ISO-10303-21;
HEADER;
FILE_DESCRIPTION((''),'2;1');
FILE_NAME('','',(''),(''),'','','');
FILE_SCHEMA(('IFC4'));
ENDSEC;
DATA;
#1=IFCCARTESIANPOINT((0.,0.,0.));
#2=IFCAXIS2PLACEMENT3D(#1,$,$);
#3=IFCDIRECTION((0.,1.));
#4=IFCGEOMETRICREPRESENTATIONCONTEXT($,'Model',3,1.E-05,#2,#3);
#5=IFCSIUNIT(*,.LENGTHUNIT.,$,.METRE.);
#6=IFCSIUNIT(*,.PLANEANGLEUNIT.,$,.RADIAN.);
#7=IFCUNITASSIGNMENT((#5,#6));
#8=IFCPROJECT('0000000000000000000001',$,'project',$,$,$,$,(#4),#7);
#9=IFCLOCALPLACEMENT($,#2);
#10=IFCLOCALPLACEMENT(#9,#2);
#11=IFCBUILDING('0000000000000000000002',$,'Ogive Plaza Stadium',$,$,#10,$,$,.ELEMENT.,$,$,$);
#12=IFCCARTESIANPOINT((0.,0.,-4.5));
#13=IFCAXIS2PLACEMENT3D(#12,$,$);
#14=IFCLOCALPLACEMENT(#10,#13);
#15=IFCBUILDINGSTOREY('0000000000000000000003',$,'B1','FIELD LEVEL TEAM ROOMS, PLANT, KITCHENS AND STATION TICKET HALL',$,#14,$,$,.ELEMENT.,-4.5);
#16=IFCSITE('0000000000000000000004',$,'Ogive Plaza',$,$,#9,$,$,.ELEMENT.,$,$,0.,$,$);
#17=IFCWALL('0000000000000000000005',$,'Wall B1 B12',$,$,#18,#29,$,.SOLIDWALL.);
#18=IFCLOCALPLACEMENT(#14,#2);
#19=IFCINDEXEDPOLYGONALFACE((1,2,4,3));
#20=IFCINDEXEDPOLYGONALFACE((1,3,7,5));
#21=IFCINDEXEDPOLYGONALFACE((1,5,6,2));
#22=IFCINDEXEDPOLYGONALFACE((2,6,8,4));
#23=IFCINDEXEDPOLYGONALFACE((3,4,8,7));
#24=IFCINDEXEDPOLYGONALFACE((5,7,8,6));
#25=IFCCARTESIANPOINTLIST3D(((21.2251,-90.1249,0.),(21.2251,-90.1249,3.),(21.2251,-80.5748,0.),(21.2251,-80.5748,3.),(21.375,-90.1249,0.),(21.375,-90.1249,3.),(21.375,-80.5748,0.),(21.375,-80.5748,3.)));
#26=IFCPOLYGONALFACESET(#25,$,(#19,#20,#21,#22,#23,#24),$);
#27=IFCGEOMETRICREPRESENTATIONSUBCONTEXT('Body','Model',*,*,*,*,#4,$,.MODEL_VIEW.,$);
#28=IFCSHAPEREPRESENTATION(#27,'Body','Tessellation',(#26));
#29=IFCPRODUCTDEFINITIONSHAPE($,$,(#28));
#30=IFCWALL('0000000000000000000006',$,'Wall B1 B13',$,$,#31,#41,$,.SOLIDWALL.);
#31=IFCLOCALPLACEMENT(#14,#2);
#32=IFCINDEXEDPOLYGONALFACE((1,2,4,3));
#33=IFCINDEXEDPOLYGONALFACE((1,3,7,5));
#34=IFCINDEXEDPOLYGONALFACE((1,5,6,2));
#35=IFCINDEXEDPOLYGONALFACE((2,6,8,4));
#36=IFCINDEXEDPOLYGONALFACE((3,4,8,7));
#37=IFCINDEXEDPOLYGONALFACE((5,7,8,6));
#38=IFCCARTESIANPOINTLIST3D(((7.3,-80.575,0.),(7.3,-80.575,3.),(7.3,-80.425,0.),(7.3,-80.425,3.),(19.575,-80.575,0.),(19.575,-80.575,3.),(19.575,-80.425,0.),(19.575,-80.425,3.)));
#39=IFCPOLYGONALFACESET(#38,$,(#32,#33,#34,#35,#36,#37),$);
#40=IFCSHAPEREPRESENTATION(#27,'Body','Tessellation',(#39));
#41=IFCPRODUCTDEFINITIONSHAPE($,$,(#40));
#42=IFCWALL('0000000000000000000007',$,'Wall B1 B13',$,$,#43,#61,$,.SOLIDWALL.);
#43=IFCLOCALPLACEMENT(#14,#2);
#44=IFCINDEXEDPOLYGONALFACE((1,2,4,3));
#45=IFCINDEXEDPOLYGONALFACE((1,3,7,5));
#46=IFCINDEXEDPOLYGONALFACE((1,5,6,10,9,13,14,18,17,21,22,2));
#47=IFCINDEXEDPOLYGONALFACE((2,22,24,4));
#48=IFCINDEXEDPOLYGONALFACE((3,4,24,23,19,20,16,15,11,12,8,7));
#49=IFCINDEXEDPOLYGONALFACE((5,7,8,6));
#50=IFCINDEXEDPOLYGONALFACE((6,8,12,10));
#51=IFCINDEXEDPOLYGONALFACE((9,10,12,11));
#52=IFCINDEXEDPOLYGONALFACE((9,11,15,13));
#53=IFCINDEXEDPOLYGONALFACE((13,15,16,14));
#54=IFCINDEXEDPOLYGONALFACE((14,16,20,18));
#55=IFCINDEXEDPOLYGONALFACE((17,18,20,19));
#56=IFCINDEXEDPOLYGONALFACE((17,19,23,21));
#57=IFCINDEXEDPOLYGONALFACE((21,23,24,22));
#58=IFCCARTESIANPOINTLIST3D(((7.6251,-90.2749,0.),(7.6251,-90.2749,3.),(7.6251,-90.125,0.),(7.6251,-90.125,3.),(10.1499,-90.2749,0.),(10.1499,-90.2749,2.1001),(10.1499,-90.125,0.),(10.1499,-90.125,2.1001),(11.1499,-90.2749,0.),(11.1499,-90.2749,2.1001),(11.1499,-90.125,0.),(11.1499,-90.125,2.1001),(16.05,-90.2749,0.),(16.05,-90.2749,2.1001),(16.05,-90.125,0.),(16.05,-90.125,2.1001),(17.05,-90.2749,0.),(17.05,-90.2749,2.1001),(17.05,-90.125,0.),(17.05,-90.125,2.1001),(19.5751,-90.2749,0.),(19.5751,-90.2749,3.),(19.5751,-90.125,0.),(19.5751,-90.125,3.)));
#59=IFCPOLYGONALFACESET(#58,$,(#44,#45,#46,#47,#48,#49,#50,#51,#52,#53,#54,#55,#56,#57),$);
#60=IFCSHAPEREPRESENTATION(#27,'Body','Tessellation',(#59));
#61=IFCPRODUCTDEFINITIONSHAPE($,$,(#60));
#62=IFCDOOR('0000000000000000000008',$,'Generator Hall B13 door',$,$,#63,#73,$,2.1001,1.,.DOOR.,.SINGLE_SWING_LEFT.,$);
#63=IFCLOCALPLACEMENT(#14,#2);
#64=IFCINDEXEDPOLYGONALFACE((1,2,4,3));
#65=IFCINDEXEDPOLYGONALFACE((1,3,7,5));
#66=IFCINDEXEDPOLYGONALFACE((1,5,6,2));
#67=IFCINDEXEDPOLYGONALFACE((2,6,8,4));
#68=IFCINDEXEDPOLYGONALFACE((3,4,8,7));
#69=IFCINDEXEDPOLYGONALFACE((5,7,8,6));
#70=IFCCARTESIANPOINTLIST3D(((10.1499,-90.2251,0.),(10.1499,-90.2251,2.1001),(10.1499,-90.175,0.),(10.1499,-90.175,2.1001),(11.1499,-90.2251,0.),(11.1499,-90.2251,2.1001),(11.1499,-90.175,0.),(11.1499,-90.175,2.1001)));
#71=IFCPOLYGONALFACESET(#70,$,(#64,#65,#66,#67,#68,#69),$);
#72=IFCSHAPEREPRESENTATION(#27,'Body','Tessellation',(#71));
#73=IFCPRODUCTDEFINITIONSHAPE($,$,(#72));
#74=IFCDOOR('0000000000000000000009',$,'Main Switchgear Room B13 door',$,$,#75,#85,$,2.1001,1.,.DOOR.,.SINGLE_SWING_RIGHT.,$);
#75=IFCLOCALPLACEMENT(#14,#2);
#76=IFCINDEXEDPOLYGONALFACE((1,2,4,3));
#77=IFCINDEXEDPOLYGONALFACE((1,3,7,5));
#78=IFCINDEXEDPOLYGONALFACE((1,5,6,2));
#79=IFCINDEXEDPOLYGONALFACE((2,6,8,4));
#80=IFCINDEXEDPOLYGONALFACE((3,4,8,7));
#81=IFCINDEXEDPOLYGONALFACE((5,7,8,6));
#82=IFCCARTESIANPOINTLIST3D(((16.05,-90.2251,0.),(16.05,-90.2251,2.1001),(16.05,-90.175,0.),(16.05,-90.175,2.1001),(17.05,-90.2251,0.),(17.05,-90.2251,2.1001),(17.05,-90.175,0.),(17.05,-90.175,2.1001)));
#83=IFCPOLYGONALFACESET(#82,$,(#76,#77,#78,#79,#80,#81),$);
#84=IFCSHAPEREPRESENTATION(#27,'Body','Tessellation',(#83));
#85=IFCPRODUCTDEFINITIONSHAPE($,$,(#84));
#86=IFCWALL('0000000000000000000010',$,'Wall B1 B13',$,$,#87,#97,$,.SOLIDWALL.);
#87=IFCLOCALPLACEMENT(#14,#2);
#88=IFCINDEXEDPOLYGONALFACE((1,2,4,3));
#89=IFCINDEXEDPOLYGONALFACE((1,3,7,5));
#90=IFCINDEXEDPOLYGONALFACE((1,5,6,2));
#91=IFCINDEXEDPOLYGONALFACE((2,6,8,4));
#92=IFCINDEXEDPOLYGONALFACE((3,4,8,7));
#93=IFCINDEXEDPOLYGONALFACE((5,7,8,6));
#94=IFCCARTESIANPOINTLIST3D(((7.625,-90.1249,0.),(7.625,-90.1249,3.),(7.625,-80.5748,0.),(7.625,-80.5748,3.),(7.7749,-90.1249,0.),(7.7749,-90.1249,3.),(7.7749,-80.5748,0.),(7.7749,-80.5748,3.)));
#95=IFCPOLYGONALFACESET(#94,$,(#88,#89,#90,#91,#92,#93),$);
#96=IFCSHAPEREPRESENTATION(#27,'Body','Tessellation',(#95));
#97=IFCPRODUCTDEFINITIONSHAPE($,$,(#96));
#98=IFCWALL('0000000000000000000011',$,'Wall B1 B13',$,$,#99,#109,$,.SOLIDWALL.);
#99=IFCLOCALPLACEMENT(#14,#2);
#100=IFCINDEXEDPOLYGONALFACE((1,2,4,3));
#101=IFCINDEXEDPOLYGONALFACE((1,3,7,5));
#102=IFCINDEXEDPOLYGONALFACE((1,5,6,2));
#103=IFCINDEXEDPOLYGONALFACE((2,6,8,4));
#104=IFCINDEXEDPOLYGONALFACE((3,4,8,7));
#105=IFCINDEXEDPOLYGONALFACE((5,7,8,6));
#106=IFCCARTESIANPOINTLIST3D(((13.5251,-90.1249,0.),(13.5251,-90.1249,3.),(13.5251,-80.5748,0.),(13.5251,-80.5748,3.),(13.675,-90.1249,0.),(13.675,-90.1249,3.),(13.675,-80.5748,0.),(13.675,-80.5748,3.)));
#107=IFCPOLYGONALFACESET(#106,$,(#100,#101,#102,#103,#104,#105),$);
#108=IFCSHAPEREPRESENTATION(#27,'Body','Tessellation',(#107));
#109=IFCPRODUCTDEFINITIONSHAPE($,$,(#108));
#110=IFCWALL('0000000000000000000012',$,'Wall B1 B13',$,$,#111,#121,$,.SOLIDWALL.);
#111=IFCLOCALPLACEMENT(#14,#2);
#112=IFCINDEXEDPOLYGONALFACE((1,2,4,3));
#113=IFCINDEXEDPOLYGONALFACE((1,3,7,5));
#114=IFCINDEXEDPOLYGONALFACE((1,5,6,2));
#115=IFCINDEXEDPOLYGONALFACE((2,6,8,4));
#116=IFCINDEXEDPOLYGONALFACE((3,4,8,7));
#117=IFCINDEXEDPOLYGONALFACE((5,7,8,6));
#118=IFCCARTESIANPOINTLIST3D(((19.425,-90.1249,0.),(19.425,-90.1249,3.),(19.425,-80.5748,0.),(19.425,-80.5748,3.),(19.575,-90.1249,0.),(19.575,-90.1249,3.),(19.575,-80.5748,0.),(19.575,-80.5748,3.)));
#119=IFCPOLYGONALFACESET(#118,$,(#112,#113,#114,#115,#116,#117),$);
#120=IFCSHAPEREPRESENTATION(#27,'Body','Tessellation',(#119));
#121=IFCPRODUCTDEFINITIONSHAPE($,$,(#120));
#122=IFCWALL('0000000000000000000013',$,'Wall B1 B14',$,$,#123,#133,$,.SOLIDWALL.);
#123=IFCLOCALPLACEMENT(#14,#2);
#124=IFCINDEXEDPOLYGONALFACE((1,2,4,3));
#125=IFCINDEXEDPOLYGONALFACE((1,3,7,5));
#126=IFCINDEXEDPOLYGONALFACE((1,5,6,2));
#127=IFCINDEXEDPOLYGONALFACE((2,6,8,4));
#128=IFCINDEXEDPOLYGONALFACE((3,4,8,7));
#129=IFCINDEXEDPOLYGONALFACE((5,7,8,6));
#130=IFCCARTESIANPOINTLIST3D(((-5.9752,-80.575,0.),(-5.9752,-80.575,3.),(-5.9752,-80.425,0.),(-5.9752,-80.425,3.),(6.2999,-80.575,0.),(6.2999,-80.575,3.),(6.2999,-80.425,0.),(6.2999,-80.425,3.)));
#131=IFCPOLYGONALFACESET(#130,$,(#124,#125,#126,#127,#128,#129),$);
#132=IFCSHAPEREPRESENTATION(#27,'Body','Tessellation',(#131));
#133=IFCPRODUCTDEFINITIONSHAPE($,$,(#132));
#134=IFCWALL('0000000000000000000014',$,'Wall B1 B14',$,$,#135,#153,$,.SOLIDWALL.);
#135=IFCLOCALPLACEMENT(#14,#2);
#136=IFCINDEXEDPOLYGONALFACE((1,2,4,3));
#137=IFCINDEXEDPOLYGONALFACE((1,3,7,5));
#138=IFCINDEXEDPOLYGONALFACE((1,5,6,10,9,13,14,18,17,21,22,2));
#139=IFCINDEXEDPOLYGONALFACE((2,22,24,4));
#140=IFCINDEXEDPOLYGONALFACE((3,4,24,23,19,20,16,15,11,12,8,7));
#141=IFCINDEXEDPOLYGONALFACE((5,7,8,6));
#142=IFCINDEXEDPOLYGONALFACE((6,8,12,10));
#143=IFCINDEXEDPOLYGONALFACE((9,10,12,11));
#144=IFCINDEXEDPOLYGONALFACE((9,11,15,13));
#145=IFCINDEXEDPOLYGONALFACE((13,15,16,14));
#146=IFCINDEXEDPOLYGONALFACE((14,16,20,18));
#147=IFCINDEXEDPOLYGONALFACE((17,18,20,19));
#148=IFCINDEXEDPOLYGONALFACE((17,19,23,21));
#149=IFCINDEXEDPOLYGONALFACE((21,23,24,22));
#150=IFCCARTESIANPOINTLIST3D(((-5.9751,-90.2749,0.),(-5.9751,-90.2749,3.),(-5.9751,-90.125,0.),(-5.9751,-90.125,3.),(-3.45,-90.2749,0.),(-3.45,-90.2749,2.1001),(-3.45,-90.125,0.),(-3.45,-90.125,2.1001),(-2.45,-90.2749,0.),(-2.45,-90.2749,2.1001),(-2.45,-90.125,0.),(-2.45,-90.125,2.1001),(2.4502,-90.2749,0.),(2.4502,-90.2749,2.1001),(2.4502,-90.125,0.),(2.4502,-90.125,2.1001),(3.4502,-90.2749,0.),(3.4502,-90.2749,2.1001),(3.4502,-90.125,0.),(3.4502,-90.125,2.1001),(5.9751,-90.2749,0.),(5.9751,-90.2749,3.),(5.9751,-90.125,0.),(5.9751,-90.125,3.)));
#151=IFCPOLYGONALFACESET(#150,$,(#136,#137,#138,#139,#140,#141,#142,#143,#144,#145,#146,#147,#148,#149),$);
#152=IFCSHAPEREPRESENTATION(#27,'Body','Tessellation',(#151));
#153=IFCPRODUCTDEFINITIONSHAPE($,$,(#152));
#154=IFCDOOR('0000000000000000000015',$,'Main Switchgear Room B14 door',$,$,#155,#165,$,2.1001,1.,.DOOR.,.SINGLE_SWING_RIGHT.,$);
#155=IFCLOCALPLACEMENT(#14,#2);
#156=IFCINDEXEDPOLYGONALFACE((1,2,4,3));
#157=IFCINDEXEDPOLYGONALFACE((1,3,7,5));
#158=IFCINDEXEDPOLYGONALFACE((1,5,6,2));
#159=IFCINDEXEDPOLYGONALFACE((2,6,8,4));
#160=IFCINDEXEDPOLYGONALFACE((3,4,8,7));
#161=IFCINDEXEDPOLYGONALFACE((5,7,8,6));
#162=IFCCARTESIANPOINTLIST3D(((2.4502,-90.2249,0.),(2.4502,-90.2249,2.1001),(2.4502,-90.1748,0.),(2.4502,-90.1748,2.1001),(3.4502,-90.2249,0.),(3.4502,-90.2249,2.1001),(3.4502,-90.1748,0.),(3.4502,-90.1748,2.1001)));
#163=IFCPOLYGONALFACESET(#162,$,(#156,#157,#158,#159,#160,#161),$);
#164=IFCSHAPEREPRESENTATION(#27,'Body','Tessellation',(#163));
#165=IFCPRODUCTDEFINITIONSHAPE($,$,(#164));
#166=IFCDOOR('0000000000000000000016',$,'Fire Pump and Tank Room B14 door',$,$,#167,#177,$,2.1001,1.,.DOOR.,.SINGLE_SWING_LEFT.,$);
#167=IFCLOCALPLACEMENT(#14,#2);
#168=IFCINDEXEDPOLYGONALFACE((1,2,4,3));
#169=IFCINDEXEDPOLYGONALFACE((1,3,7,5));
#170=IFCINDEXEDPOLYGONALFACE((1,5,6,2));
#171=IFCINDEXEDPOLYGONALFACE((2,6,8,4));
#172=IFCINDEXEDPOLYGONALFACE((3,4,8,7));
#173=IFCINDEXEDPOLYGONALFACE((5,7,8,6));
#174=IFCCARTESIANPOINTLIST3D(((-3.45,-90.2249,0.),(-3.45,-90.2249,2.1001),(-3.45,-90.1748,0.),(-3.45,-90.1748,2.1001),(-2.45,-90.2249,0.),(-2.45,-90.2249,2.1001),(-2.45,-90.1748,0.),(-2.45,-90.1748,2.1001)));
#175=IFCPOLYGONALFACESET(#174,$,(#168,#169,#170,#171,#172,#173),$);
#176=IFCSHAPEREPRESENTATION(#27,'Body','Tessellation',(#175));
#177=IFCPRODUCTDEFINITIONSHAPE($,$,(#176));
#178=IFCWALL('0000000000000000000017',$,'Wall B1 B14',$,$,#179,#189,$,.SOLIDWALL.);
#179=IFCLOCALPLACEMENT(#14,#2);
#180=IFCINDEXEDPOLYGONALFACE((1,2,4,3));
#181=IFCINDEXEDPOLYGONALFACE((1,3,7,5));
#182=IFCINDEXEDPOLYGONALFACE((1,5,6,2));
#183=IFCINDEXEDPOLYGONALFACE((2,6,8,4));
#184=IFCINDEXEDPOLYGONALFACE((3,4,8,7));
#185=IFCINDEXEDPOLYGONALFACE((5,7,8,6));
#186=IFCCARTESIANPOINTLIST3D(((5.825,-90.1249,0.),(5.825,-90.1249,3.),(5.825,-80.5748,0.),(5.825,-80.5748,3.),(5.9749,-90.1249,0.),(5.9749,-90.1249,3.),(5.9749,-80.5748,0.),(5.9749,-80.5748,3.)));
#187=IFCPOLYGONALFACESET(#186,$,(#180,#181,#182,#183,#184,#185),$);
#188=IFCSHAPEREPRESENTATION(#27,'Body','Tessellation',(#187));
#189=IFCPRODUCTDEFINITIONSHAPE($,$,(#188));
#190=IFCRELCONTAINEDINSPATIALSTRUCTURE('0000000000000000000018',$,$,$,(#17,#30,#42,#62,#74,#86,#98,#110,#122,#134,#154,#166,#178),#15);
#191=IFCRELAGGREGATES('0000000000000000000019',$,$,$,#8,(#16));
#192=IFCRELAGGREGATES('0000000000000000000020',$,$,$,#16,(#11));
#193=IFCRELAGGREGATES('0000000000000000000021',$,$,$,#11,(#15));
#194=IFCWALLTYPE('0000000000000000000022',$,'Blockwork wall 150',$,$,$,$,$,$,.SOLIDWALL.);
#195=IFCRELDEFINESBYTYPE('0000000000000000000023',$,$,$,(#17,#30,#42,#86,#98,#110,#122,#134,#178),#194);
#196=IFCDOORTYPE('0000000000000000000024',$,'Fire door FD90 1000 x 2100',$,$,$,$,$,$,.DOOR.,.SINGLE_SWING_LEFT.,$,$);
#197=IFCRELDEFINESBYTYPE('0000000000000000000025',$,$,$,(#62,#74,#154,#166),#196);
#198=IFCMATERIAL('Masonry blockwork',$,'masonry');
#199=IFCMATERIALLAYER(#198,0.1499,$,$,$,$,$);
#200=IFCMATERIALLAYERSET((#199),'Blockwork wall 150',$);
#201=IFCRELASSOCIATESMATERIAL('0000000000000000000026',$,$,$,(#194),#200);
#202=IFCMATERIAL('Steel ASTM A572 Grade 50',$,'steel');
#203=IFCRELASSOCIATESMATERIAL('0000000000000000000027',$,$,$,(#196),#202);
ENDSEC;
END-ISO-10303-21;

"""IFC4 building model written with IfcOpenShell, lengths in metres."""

from ifc_helpers import new_model, si_unit, direction, frame, frame_2d, origin, place, context, subcontext, project, spatial, rectangle, extrude, material, layer, layer_set, type_object, element, fill, save


model = new_model("IFC4")

# Units and contexts
model_context = context("Model", 3, precision=1e-05, world=origin(), true_north=direction((0.0, 1.0)))
body_context = subcontext(model_context, "Body", "Model", "MODEL_VIEW")
ifc_project = project(units=[si_unit("LENGTHUNIT", "METRE"), si_unit("PLANEANGLEUNIT", "RADIAN")], contexts=[model_context])

# Site, building, storey
site_placement = place(None, origin())
site = spatial("IfcSite", under=ifc_project, at=site_placement, Name="Ogive Plaza", CompositionType="ELEMENT", RefElevation=0.0)
building_placement = place(site_placement, origin())
building = spatial("IfcBuilding", under=site, at=building_placement, Name="Ogive Plaza Stadium", CompositionType="ELEMENT")
storey_placement = place(building_placement, frame((0.0, 0.0, -4.5)))
storey = spatial("IfcBuildingStorey", under=building, at=storey_placement, Name="B1", Description="FIELD LEVEL TEAM ROOMS, PLANT, KITCHENS AND STATION TICKET HALL", CompositionType="ELEMENT", Elevation=-4.5)

# Walls
ifc_material_1 = material(Name="Masonry blockwork", Category="masonry")
ifc_layer = layer(ifc_material_1, 0.1499)
ifc_layer_set = layer_set([ifc_layer], Name="Blockwork wall 150")
wall_type = type_object("IfcWallType", Name="Blockwork wall 150", PredefinedType="SOLIDWALL", material=ifc_layer_set)
wall_1_placement = place(storey_placement, frame((21.3, -80.575, 0.0), z_axis=(0.0, 0.0, 1.0), x_axis=(0.0, -1.0, 0.0)))
element("IfcWall", 1, at=wall_1_placement, inside=storey, type_object=wall_type, Name="Wall B1 B12", PredefinedType="SOLIDWALL", context=body_context, shape_type="SweptSolid", body=[
    extrude(rectangle(XDim=9.55, YDim=0.1499, at=frame_2d((4.7749, 0.0))), origin(), (0.0, 0.0, 1.0), 3.0),
])
wall_2_placement = place(storey_placement, frame((7.3, -80.5, 0.0), z_axis=(0.0, 0.0, 1.0), x_axis=(1.0, 0.0, 0.0)))
element("IfcWall", 2, at=wall_2_placement, inside=storey, type_object=wall_type, Name="Wall B1 B13", PredefinedType="SOLIDWALL", context=body_context, shape_type="SweptSolid", body=[
    extrude(rectangle(XDim=12.2749, YDim=0.1499, at=frame_2d((6.1375, 0.0))), origin(), (0.0, 0.0, 1.0), 3.0),
])

# Wall, openings, doors
wall_3_placement = place(storey_placement, frame((7.625, -90.2, 0.0), z_axis=(0.0, 0.0, 1.0), x_axis=(1.0, 0.0, 0.0)))
wall_3 = element("IfcWall", 3, at=wall_3_placement, inside=storey, type_object=wall_type, Name="Wall B1 B13", PredefinedType="SOLIDWALL", context=body_context, shape_type="SweptSolid", body=[
    extrude(rectangle(XDim=11.95, YDim=0.1499, at=frame_2d((5.9751, 0.0))), origin(), (0.0, 0.0, 1.0), 3.0),
])
opening_1_placement = place(wall_3_placement, frame((2.5249, 0.0, 0.0)))
opening_1 = element("IfcOpeningElement", 4, at=opening_1_placement, cuts=wall_3, PredefinedType="OPENING", context=body_context, shape_type="SweptSolid", body=[
    extrude(rectangle(XDim=1.0, YDim=2.1001, at=frame_2d((0.5, 1.05))), frame((0.0, 0.075, 0.0), z_axis=(0.0, -1.0, 0.0), x_axis=(1.0, 0.0, 0.0)), (0.0, 0.0, 1.0), 0.1499),
])
opening_2_placement = place(wall_3_placement, frame((8.425, 0.0, 0.0)))
opening_2 = element("IfcOpeningElement", 5, at=opening_2_placement, cuts=wall_3, PredefinedType="OPENING", context=body_context, shape_type="SweptSolid", body=[
    extrude(rectangle(XDim=1.0, YDim=2.1001, at=frame_2d((0.5, 1.05))), frame((0.0, 0.075, 0.0), z_axis=(0.0, -1.0, 0.0), x_axis=(1.0, 0.0, 0.0)), (0.0, 0.0, 1.0), 0.1499),
])
ifc_material_2 = material(Name="Steel ASTM A572 Grade 50", Category="steel")
door_type = type_object("IfcDoorType", Name="Fire door FD90 1000 x 2100", OperationType="SINGLE_SWING_LEFT", PredefinedType="DOOR", material=ifc_material_2)
door_1_placement = place(opening_1_placement, origin())
door_1 = element("IfcDoor", 6, at=door_1_placement, inside=storey, type_object=door_type, Name="Generator Hall B13 door", OperationType="SINGLE_SWING_LEFT", OverallHeight=2.1001, OverallWidth=1.0, PredefinedType="DOOR", context=body_context, shape_type="SweptSolid", body=[
    extrude(rectangle(XDim=1.0, YDim=2.1001, at=frame_2d((0.5, 1.05))), frame((0.0, 0.0249, 0.0), z_axis=(0.0, -1.0, 0.0), x_axis=(1.0, 0.0, 0.0)), (0.0, 0.0, 1.0), 0.05),
])
fill(opening_1, door_1)
door_2_placement = place(opening_2_placement, origin())
door_2 = element("IfcDoor", 7, at=door_2_placement, inside=storey, type_object=door_type, Name="Main Switchgear Room B13 door", OperationType="SINGLE_SWING_RIGHT", OverallHeight=2.1001, OverallWidth=1.0, PredefinedType="DOOR", context=body_context, shape_type="SweptSolid", body=[
    extrude(rectangle(XDim=1.0, YDim=2.1001, at=frame_2d((0.5, 1.05))), frame((0.0, 0.0249, 0.0), z_axis=(0.0, -1.0, 0.0), x_axis=(1.0, 0.0, 0.0)), (0.0, 0.0, 1.0), 0.05),
])
fill(opening_2, door_2)

# Walls
for number, where, z_axis, x_axis, name in (
    (8, (7.7, -80.575, 0.0), (0.0, 0.0, 1.0), (0.0, -1.0, 0.0), "Wall B1 B13"),
    (9, (13.6001, -80.575, 0.0), (0.0, 0.0, 1.0), (0.0, -1.0, 0.0), "Wall B1 B13"),
    (10, (19.5, -80.575, 0.0), (0.0, 0.0, 1.0), (0.0, -1.0, 0.0), "Wall B1 B13"),
):
    element("IfcWall", number, at=place(storey_placement, frame(where, z_axis=z_axis, x_axis=x_axis)), inside=storey, type_object=wall_type, Name=name, PredefinedType="SOLIDWALL", context=body_context, shape_type="SweptSolid", body=[
        extrude(rectangle(XDim=9.55, YDim=0.1499, at=frame_2d((4.7749, 0.0))), origin(), (0.0, 0.0, 1.0), 3.0),
    ])
wall_4_placement = place(storey_placement, frame((6.3, -80.5, 0.0), z_axis=(0.0, 0.0, 1.0), x_axis=(-1.0, 0.0, 0.0)))
element("IfcWall", 11, at=wall_4_placement, inside=storey, type_object=wall_type, Name="Wall B1 B14", PredefinedType="SOLIDWALL", context=body_context, shape_type="SweptSolid", body=[
    extrude(rectangle(XDim=12.2751, YDim=0.1499, at=frame_2d((6.1377, 0.0))), origin(), (0.0, 0.0, 1.0), 3.0),
])

# Wall, openings, doors
wall_5_placement = place(storey_placement, frame((5.9751, -90.2, 0.0), z_axis=(0.0, 0.0, 1.0), x_axis=(-1.0, 0.0, 0.0)))
wall_5 = element("IfcWall", 12, at=wall_5_placement, inside=storey, type_object=wall_type, Name="Wall B1 B14", PredefinedType="SOLIDWALL", context=body_context, shape_type="SweptSolid", body=[
    extrude(rectangle(XDim=11.9502, YDim=0.1499, at=frame_2d((5.9751, 0.0))), origin(), (0.0, 0.0, 1.0), 3.0),
])
opening_3_placement = place(wall_5_placement, frame((2.5249, 0.0, 0.0)))
opening_3 = element("IfcOpeningElement", 13, at=opening_3_placement, cuts=wall_5, PredefinedType="OPENING", context=body_context, shape_type="SweptSolid", body=[
    extrude(rectangle(XDim=1.0, YDim=2.1001, at=frame_2d((0.5, 1.05))), frame((0.0, 0.075, 0.0), z_axis=(0.0, -1.0, 0.0), x_axis=(1.0, 0.0, 0.0)), (0.0, 0.0, 1.0), 0.1499),
])
opening_4_placement = place(wall_5_placement, frame((8.425, 0.0, 0.0)))
opening_4 = element("IfcOpeningElement", 14, at=opening_4_placement, cuts=wall_5, PredefinedType="OPENING", context=body_context, shape_type="SweptSolid", body=[
    extrude(rectangle(XDim=1.0, YDim=2.1001, at=frame_2d((0.5, 1.05))), frame((0.0, 0.075, 0.0), z_axis=(0.0, -1.0, 0.0), x_axis=(1.0, 0.0, 0.0)), (0.0, 0.0, 1.0), 0.1499),
])
door_3_placement = place(opening_3_placement, origin())
door_3 = element("IfcDoor", 15, at=door_3_placement, inside=storey, type_object=door_type, Name="Main Switchgear Room B14 door", OperationType="SINGLE_SWING_RIGHT", OverallHeight=2.1001, OverallWidth=1.0, PredefinedType="DOOR", context=body_context, shape_type="SweptSolid", body=[
    extrude(rectangle(XDim=1.0, YDim=2.1001, at=frame_2d((0.5, 1.05))), frame((0.0, 0.0249, 0.0), z_axis=(0.0, -1.0, 0.0), x_axis=(1.0, 0.0, 0.0)), (0.0, 0.0, 1.0), 0.05),
])
fill(opening_3, door_3)
door_4_placement = place(opening_4_placement, origin())
door_4 = element("IfcDoor", 16, at=door_4_placement, inside=storey, type_object=door_type, Name="Fire Pump and Tank Room B14 door", OperationType="SINGLE_SWING_LEFT", OverallHeight=2.1001, OverallWidth=1.0, PredefinedType="DOOR", context=body_context, shape_type="SweptSolid", body=[
    extrude(rectangle(XDim=1.0, YDim=2.1001, at=frame_2d((0.5, 1.05))), frame((0.0, 0.0249, 0.0), z_axis=(0.0, -1.0, 0.0), x_axis=(1.0, 0.0, 0.0)), (0.0, 0.0, 1.0), 0.05),
])
fill(opening_4, door_4)

# Wall
wall_6_placement = place(storey_placement, frame((5.8999, -80.575, 0.0), z_axis=(0.0, 0.0, 1.0), x_axis=(0.0, -1.0, 0.0)))
element("IfcWall", 17, at=wall_6_placement, inside=storey, type_object=wall_type, Name="Wall B1 B14", PredefinedType="SOLIDWALL", context=body_context, shape_type="SweptSolid", body=[
    extrude(rectangle(XDim=9.55, YDim=0.1499, at=frame_2d((4.7749, 0.0))), origin(), (0.0, 0.0, 1.0), 3.0),
])

save(model, "model.ifc")
